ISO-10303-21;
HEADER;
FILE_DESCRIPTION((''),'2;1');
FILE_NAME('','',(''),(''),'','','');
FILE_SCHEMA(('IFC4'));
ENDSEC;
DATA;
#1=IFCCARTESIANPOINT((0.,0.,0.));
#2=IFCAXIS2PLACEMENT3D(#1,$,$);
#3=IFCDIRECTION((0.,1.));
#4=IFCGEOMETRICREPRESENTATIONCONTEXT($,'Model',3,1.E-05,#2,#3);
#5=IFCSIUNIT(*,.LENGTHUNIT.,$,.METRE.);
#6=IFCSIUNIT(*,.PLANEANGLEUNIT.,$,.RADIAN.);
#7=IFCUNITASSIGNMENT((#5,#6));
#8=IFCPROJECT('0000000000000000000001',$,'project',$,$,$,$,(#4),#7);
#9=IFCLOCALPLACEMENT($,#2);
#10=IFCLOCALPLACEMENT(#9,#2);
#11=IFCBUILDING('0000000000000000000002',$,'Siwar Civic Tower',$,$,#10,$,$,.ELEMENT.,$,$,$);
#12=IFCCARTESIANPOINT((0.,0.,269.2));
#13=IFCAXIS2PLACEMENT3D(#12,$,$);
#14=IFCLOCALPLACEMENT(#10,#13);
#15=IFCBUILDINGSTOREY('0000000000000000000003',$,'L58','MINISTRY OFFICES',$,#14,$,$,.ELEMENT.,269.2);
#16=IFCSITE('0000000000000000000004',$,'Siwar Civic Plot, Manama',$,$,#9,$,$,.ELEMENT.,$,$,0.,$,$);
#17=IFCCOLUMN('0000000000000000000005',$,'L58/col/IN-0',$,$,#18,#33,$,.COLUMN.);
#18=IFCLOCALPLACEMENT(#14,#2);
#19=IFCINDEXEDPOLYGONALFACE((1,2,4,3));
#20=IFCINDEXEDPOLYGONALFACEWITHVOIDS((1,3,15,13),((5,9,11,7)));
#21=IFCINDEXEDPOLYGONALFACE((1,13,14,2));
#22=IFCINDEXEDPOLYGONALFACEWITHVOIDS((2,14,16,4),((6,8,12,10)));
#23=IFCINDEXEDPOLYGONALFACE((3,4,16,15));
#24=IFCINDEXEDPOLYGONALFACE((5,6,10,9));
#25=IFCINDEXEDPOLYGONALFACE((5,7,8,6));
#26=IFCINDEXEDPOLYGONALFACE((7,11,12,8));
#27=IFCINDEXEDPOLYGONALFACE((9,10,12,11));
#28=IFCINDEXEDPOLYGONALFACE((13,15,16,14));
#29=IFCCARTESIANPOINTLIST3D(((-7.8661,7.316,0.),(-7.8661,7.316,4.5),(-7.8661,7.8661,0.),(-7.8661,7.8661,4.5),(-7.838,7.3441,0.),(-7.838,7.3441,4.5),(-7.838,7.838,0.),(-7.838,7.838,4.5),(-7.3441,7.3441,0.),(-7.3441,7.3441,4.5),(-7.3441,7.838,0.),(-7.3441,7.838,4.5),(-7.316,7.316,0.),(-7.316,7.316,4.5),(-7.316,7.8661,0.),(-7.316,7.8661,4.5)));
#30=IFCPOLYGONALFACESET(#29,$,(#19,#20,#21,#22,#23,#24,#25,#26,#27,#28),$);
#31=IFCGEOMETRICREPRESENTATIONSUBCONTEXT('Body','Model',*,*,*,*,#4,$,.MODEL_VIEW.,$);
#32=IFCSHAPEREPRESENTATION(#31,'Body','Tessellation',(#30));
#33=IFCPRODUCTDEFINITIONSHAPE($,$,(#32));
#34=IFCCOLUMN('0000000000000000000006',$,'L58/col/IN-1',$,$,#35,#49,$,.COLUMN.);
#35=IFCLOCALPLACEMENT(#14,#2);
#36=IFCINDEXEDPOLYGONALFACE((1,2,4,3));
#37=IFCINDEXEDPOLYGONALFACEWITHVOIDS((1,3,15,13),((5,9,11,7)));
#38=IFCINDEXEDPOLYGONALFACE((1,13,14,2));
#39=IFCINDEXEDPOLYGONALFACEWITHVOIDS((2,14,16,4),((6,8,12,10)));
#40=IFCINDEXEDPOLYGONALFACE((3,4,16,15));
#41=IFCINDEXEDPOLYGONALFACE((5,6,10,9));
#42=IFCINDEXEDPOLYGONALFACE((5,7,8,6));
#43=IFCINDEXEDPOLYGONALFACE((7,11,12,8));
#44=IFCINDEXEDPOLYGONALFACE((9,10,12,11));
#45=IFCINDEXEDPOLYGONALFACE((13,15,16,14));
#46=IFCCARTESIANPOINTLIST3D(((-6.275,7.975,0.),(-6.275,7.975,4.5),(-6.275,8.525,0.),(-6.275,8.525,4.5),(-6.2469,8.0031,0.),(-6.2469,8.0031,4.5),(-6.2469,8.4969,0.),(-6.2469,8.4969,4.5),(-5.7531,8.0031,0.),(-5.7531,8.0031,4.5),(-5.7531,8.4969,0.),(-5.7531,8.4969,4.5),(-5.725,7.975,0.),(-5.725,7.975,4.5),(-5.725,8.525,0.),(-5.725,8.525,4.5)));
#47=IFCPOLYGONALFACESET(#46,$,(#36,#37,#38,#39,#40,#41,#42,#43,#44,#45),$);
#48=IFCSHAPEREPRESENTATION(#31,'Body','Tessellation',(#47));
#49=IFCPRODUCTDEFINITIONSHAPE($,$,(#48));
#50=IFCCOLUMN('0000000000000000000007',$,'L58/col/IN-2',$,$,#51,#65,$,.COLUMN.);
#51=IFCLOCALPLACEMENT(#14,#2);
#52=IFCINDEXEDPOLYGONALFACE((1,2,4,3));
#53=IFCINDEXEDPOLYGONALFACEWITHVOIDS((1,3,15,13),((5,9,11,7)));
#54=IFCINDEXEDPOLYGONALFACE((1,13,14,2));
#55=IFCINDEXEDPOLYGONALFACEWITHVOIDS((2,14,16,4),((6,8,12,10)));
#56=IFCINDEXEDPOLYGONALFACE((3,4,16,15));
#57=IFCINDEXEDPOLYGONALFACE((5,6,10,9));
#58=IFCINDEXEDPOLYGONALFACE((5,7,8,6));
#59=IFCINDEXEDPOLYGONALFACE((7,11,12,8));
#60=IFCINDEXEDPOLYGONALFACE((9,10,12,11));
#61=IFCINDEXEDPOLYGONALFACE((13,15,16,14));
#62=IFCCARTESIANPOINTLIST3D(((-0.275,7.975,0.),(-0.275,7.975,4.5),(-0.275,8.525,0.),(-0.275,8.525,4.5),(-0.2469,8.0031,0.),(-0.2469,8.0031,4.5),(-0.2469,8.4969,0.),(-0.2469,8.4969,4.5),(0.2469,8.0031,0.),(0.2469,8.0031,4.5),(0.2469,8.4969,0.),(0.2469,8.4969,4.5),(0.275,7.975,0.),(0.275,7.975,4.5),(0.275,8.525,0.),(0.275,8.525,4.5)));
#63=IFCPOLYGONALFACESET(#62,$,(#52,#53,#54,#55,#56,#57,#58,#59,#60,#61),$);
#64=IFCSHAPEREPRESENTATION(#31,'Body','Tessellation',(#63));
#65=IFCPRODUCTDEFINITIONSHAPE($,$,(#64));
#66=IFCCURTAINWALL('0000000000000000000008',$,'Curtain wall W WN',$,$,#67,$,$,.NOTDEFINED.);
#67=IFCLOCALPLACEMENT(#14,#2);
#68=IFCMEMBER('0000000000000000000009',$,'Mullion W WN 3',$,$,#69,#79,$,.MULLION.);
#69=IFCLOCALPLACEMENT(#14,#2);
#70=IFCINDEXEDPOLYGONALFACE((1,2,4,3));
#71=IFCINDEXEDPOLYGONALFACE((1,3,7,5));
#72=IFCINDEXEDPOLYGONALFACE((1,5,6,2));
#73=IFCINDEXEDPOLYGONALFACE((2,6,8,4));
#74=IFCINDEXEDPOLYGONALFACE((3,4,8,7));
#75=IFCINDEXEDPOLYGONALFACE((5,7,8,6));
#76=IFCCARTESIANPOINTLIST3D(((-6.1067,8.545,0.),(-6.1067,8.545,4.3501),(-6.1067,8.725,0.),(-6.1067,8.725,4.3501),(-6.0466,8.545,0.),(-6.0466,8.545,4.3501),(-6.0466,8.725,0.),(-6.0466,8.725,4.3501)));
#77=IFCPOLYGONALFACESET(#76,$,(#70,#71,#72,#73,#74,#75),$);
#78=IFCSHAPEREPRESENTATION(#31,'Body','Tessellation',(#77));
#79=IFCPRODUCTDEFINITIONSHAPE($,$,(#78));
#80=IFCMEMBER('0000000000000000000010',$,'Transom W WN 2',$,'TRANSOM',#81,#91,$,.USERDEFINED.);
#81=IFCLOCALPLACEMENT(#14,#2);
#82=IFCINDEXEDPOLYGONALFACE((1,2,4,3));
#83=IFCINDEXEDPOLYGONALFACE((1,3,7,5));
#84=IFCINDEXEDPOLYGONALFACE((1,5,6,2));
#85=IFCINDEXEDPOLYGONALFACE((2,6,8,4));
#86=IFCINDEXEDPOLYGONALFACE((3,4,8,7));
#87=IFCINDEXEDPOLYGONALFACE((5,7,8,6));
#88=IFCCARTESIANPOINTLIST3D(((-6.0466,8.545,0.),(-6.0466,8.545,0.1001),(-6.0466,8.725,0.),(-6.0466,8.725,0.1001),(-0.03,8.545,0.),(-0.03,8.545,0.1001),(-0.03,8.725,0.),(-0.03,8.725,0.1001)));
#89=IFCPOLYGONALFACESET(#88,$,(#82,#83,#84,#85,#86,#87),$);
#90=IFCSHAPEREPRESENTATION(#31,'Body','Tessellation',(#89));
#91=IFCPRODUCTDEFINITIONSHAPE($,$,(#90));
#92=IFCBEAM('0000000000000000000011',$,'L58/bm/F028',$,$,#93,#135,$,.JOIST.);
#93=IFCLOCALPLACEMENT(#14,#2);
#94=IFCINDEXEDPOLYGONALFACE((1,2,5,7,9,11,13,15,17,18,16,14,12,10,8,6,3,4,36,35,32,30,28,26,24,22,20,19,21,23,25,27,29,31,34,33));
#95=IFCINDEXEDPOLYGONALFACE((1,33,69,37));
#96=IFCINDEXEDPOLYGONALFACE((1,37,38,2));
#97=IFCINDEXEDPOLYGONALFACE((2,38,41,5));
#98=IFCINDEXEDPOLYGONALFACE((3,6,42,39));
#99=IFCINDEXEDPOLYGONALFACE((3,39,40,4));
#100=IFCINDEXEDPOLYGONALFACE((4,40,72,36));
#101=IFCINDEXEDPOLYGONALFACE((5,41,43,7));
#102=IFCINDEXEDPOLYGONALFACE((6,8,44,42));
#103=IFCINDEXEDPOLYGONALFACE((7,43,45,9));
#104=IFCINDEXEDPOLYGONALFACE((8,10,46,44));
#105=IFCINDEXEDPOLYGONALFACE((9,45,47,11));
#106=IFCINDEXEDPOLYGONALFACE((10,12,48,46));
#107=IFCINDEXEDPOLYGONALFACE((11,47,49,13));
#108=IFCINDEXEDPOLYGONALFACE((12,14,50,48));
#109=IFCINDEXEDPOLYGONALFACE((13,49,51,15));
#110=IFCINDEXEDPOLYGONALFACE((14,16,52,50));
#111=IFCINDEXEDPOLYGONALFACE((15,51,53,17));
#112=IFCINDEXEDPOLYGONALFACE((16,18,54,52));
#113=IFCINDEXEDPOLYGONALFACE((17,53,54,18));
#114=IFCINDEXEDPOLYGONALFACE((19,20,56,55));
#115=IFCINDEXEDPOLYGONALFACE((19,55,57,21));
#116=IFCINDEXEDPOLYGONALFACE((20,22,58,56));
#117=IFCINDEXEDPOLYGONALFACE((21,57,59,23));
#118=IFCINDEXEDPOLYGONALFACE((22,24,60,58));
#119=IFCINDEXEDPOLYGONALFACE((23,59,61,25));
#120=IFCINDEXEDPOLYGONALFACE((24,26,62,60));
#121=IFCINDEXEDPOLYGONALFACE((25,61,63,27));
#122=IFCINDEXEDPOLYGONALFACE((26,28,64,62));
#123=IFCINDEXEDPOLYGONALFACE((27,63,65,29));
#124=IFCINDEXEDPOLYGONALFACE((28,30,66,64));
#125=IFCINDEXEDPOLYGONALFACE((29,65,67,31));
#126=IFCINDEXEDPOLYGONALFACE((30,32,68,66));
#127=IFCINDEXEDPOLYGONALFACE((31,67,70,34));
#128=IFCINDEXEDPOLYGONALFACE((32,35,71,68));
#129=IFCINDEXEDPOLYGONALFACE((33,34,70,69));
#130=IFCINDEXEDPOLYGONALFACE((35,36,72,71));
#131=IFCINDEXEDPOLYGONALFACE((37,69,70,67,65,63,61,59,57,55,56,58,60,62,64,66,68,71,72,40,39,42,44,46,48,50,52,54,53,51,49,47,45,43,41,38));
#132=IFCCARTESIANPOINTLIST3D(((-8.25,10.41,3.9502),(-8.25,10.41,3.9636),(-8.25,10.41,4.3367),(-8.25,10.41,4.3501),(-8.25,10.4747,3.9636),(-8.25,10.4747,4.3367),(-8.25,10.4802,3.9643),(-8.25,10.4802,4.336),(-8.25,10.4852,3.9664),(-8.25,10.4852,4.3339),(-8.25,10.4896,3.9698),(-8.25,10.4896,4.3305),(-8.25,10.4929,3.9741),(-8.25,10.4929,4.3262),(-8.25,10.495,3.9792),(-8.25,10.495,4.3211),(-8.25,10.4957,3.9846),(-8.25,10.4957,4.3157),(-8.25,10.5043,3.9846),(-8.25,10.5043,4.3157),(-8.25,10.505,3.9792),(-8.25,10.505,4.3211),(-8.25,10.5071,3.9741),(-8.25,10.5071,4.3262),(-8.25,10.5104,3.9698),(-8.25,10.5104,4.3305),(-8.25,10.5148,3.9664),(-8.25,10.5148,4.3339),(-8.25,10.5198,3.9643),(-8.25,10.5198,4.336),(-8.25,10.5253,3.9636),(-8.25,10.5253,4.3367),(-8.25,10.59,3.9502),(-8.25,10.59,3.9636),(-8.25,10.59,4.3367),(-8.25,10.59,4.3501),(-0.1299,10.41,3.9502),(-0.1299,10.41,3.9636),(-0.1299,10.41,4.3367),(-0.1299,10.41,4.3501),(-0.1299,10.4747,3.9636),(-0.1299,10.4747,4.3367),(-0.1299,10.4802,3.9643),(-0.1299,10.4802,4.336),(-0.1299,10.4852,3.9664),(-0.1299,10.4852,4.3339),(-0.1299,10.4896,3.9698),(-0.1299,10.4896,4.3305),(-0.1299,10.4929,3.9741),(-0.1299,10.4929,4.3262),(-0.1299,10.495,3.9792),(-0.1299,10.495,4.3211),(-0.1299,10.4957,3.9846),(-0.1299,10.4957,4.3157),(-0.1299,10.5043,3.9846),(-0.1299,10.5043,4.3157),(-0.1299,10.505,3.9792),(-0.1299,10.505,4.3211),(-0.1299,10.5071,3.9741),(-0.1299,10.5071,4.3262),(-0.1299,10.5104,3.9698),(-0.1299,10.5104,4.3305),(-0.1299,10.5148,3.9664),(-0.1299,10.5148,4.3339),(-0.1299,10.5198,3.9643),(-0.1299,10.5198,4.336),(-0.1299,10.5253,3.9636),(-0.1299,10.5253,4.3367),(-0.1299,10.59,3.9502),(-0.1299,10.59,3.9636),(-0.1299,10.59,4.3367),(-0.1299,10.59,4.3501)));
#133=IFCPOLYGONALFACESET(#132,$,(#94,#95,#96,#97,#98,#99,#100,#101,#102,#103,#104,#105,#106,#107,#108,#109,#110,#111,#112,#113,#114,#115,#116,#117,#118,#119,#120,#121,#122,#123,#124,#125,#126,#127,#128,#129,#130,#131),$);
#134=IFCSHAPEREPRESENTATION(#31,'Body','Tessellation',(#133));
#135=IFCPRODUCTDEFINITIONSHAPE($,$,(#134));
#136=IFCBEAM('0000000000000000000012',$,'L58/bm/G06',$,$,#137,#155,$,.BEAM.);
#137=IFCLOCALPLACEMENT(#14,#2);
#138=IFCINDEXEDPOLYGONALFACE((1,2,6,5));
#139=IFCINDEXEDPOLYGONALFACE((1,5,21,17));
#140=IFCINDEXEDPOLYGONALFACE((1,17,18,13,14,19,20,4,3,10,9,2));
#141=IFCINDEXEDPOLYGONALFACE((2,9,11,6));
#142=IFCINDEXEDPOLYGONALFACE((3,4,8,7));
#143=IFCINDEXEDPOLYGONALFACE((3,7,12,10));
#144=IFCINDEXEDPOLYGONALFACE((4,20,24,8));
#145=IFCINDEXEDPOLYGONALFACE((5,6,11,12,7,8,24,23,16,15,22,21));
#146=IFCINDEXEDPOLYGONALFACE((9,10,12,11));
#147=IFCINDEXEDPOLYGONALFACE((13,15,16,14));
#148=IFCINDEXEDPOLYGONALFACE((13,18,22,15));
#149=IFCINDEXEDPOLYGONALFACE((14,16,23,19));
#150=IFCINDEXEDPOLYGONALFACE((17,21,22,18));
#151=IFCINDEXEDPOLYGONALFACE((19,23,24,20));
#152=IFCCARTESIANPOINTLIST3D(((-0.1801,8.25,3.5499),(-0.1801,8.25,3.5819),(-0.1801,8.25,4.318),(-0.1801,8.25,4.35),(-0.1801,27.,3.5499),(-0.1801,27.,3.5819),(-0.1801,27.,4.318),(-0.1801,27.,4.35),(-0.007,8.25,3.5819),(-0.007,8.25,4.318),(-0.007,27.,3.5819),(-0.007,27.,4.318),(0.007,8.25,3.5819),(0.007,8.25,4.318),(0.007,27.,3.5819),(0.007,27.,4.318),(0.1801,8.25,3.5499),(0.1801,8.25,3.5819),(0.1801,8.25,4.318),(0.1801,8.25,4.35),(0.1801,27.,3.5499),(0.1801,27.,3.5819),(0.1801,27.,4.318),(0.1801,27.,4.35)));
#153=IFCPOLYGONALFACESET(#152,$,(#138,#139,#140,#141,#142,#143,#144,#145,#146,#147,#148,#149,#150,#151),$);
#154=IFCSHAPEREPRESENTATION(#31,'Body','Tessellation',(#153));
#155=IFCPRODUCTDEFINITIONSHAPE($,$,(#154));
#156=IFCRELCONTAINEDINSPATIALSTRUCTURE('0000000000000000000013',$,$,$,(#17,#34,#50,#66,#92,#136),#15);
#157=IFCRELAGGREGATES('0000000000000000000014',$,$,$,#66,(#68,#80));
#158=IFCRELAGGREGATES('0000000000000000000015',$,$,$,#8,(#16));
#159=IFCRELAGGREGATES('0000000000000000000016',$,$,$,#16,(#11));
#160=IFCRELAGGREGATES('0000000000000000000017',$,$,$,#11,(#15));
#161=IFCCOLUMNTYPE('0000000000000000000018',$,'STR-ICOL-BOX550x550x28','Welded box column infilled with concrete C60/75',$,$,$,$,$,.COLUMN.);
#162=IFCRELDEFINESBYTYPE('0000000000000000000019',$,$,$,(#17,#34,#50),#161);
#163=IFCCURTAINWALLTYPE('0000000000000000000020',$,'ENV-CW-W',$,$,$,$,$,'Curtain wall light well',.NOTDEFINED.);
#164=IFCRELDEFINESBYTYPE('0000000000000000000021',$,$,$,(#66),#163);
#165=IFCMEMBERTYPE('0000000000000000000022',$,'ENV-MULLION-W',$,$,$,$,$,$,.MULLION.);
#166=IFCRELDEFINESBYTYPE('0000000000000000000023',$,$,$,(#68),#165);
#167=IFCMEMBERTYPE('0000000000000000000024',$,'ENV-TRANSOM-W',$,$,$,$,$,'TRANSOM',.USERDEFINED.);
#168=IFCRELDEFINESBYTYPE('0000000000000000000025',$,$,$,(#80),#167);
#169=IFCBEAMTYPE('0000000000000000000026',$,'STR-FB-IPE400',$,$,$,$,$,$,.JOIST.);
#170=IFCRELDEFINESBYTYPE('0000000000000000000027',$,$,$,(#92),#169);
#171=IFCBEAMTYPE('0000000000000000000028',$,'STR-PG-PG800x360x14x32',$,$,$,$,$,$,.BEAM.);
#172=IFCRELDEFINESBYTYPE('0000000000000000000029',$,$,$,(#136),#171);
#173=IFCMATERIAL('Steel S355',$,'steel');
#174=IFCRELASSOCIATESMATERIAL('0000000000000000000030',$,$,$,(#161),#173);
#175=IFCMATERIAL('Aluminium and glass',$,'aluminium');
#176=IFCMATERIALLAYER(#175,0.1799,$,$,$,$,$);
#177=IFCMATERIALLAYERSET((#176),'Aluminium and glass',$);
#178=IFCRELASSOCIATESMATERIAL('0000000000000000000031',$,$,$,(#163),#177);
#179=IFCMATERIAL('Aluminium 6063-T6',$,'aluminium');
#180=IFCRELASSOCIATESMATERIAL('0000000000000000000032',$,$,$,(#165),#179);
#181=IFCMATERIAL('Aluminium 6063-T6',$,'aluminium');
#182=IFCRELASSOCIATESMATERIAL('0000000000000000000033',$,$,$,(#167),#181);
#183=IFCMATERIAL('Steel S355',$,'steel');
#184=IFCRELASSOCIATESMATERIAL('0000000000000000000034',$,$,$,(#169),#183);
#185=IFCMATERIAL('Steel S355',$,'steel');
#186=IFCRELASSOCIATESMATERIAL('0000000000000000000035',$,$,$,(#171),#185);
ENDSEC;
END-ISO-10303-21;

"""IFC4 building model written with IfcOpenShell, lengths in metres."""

from ifc_helpers import new_model, si_unit, direction, frame, origin, origin_2d, place, context, subcontext, project, spatial, rectangle, hollow_rectangle, i_section, extrude, material, layer, layer_set, material_profile, profile_set, type_object, element, aggregate, save


model = new_model("IFC4")

# Units and contexts
model_context = context("Model", 3, precision=1e-05, world=origin(), true_north=direction((0.0, 1.0)))
body_context = subcontext(model_context, "Body", "Model", "MODEL_VIEW")
ifc_project = project(units=[si_unit("LENGTHUNIT", "METRE"), si_unit("PLANEANGLEUNIT", "RADIAN")], contexts=[model_context])

# Site, building, storey
site_placement = place(None, origin())
site = spatial("IfcSite", under=ifc_project, at=site_placement, Name="Siwar Civic Plot, Manama", CompositionType="ELEMENT", RefElevation=0.0)
building_placement = place(site_placement, origin())
building = spatial("IfcBuilding", under=site, at=building_placement, Name="Siwar Civic Tower", CompositionType="ELEMENT")
storey_placement = place(building_placement, frame((0.0, 0.0, 269.2)))
storey = spatial("IfcBuildingStorey", under=building, at=storey_placement, Name="L58", Description="MINISTRY OFFICES", CompositionType="ELEMENT", Elevation=269.2)

# Columns
ifc_material_1 = material(Name="Steel S355", Category="steel")
ifc_material_profile_1 = material_profile(ifc_material_1, hollow_rectangle(XDim=0.55, YDim=0.55, WallThickness=0.0281, at=origin_2d()), Name="BOX550x550x28")
ifc_profile_set_1 = profile_set([ifc_material_profile_1], Name="Steel S355")
column_type = type_object("IfcColumnType", Name="STR-ICOL-BOX550x550x28", Description="Welded box column infilled with concrete C60/75", PredefinedType="COLUMN", material=ifc_profile_set_1)
for number, where, z_axis, x_axis, name in (
    (1, (-7.5911, 7.5911, 0.0), (0.0, 0.0, 1.0), (1.0, 0.0, 0.0), "L58/col/IN-0"),
    (2, (-6.0, 8.25, 0.0), (0.0, 0.0, 1.0), (1.0, 0.0, 0.0), "L58/col/IN-1"),
    (3, (0.0, 8.25, 0.0), (0.0, 0.0, 1.0), (1.0, 0.0, 0.0), "L58/col/IN-2"),
):
    element("IfcColumn", number, at=place(storey_placement, frame(where, z_axis=z_axis, x_axis=x_axis)), inside=storey, type_object=column_type, Name=name, PredefinedType="COLUMN", context=body_context, shape_type="SweptSolid", body=[
        extrude(hollow_rectangle(XDim=0.55, YDim=0.55, WallThickness=0.0281, at=origin_2d()), origin(), (0.0, 0.0, 1.0), 4.5),
    ])

# Curtain wall, members
ifc_material_2 = material(Name="Aluminium and glass", Category="aluminium")
ifc_layer_1 = layer(ifc_material_2, 0.1799)
ifc_layer_set_1 = layer_set([ifc_layer_1], Name="Aluminium and glass")
curtain_wall_type = type_object("IfcCurtainWallType", Name="ENV-CW-W", ElementType="Curtain wall light well", PredefinedType="NOTDEFINED", material=ifc_layer_set_1)
curtain_wall_placement = place(storey_placement, origin())
curtain_wall = element("IfcCurtainWall", 4, at=curtain_wall_placement, inside=storey, type_object=curtain_wall_type, Name="Curtain wall W WN", PredefinedType="NOTDEFINED")
ifc_material_3 = material(Name="Aluminium 6063-T6", Category="aluminium")
ifc_material_profile_2 = material_profile(ifc_material_3, rectangle(XDim=0.1799, YDim=0.0601, at=origin_2d()), Name="AL 180x60")
ifc_profile_set_2 = profile_set([ifc_material_profile_2], Name="Aluminium 6063-T6")
member_type_1 = type_object("IfcMemberType", Name="ENV-MULLION-W", PredefinedType="MULLION", material=ifc_profile_set_2)
member_1_placement = place(storey_placement, frame((-6.0767, 8.635, 0.0), z_axis=(0.0, 0.0, 1.0), x_axis=(0.0, -1.0, 0.0)))
member_1 = element("IfcMember", 5, at=member_1_placement, type_object=member_type_1, Name="Mullion W WN 3", PredefinedType="MULLION", context=body_context, shape_type="SweptSolid", body=[
    extrude(rectangle(XDim=0.1799, YDim=0.0601, at=origin_2d()), origin(), (0.0, 0.0, 1.0), 4.3501),
])
ifc_material_4 = material(Name="Aluminium 6063-T6", Category="aluminium")
ifc_material_profile_3 = material_profile(ifc_material_4, rectangle(XDim=0.1799, YDim=0.1001, at=origin_2d()), Name="AL 180x100")
ifc_profile_set_3 = profile_set([ifc_material_profile_3], Name="Aluminium 6063-T6")
member_type_2 = type_object("IfcMemberType", Name="ENV-TRANSOM-W", ElementType="TRANSOM", PredefinedType="USERDEFINED", material=ifc_profile_set_3)
member_2_placement = place(storey_placement, frame((-0.03, 8.635, 0.05), z_axis=(-1.0, 0.0, 0.0), x_axis=(0.0, -1.0, 0.0)))
member_2 = element("IfcMember", 6, at=member_2_placement, type_object=member_type_2, Name="Transom W WN 2", ObjectType="TRANSOM", PredefinedType="USERDEFINED", context=body_context, shape_type="SweptSolid", body=[
    extrude(rectangle(XDim=0.1799, YDim=0.1001, at=origin_2d()), origin(), (0.0, 0.0, 1.0), 6.0166),
])

# Beams
ifc_material_5 = material(Name="Steel S355", Category="steel")
ifc_material_profile_4 = material_profile(ifc_material_5, i_section(OverallWidth=0.1799, OverallDepth=0.3999, WebThickness=0.0085, FlangeThickness=0.0134, FilletRadius=0.021, at=origin_2d()), Name="IPE400")
ifc_profile_set_4 = profile_set([ifc_material_profile_4], Name="Steel S355")
beam_type_1 = type_object("IfcBeamType", Name="STR-FB-IPE400", PredefinedType="JOIST", material=ifc_profile_set_4)
beam_1_placement = place(storey_placement, frame((-8.25, 10.5, 4.1501), z_axis=(1.0, 0.0, 0.0), x_axis=(0.0, 1.0, 0.0)))
element("IfcBeam", 7, at=beam_1_placement, inside=storey, type_object=beam_type_1, Name="L58/bm/F028", PredefinedType="JOIST", context=body_context, shape_type="SweptSolid", body=[
    extrude(i_section(OverallWidth=0.1799, OverallDepth=0.3999, WebThickness=0.0085, FlangeThickness=0.0134, FilletRadius=0.021, at=origin_2d()), origin(), (0.0, 0.0, 1.0), 8.1201),
])
ifc_material_6 = material(Name="Steel S355", Category="steel")
ifc_material_profile_5 = material_profile(ifc_material_6, i_section(OverallWidth=0.3601, OverallDepth=0.8, WebThickness=0.0139, FlangeThickness=0.032, at=origin_2d()), Name="PG800x360x14x32")
ifc_profile_set_5 = profile_set([ifc_material_profile_5], Name="Steel S355")
beam_type_2 = type_object("IfcBeamType", Name="STR-PG-PG800x360x14x32", PredefinedType="BEAM", material=ifc_profile_set_5)
beam_2_placement = place(storey_placement, frame((0.0, 8.25, 3.95), z_axis=(0.0, 1.0, 0.0), x_axis=(-1.0, 0.0, 0.0)))
element("IfcBeam", 8, at=beam_2_placement, inside=storey, type_object=beam_type_2, Name="L58/bm/G06", PredefinedType="BEAM", context=body_context, shape_type="SweptSolid", body=[
    extrude(i_section(OverallWidth=0.3601, OverallDepth=0.8, WebThickness=0.0139, FlangeThickness=0.032, at=origin_2d()), origin(), (0.0, 0.0, 1.0), 18.75),
])

aggregate(curtain_wall, [member_1, member_2])

save(model, "model.ifc")
